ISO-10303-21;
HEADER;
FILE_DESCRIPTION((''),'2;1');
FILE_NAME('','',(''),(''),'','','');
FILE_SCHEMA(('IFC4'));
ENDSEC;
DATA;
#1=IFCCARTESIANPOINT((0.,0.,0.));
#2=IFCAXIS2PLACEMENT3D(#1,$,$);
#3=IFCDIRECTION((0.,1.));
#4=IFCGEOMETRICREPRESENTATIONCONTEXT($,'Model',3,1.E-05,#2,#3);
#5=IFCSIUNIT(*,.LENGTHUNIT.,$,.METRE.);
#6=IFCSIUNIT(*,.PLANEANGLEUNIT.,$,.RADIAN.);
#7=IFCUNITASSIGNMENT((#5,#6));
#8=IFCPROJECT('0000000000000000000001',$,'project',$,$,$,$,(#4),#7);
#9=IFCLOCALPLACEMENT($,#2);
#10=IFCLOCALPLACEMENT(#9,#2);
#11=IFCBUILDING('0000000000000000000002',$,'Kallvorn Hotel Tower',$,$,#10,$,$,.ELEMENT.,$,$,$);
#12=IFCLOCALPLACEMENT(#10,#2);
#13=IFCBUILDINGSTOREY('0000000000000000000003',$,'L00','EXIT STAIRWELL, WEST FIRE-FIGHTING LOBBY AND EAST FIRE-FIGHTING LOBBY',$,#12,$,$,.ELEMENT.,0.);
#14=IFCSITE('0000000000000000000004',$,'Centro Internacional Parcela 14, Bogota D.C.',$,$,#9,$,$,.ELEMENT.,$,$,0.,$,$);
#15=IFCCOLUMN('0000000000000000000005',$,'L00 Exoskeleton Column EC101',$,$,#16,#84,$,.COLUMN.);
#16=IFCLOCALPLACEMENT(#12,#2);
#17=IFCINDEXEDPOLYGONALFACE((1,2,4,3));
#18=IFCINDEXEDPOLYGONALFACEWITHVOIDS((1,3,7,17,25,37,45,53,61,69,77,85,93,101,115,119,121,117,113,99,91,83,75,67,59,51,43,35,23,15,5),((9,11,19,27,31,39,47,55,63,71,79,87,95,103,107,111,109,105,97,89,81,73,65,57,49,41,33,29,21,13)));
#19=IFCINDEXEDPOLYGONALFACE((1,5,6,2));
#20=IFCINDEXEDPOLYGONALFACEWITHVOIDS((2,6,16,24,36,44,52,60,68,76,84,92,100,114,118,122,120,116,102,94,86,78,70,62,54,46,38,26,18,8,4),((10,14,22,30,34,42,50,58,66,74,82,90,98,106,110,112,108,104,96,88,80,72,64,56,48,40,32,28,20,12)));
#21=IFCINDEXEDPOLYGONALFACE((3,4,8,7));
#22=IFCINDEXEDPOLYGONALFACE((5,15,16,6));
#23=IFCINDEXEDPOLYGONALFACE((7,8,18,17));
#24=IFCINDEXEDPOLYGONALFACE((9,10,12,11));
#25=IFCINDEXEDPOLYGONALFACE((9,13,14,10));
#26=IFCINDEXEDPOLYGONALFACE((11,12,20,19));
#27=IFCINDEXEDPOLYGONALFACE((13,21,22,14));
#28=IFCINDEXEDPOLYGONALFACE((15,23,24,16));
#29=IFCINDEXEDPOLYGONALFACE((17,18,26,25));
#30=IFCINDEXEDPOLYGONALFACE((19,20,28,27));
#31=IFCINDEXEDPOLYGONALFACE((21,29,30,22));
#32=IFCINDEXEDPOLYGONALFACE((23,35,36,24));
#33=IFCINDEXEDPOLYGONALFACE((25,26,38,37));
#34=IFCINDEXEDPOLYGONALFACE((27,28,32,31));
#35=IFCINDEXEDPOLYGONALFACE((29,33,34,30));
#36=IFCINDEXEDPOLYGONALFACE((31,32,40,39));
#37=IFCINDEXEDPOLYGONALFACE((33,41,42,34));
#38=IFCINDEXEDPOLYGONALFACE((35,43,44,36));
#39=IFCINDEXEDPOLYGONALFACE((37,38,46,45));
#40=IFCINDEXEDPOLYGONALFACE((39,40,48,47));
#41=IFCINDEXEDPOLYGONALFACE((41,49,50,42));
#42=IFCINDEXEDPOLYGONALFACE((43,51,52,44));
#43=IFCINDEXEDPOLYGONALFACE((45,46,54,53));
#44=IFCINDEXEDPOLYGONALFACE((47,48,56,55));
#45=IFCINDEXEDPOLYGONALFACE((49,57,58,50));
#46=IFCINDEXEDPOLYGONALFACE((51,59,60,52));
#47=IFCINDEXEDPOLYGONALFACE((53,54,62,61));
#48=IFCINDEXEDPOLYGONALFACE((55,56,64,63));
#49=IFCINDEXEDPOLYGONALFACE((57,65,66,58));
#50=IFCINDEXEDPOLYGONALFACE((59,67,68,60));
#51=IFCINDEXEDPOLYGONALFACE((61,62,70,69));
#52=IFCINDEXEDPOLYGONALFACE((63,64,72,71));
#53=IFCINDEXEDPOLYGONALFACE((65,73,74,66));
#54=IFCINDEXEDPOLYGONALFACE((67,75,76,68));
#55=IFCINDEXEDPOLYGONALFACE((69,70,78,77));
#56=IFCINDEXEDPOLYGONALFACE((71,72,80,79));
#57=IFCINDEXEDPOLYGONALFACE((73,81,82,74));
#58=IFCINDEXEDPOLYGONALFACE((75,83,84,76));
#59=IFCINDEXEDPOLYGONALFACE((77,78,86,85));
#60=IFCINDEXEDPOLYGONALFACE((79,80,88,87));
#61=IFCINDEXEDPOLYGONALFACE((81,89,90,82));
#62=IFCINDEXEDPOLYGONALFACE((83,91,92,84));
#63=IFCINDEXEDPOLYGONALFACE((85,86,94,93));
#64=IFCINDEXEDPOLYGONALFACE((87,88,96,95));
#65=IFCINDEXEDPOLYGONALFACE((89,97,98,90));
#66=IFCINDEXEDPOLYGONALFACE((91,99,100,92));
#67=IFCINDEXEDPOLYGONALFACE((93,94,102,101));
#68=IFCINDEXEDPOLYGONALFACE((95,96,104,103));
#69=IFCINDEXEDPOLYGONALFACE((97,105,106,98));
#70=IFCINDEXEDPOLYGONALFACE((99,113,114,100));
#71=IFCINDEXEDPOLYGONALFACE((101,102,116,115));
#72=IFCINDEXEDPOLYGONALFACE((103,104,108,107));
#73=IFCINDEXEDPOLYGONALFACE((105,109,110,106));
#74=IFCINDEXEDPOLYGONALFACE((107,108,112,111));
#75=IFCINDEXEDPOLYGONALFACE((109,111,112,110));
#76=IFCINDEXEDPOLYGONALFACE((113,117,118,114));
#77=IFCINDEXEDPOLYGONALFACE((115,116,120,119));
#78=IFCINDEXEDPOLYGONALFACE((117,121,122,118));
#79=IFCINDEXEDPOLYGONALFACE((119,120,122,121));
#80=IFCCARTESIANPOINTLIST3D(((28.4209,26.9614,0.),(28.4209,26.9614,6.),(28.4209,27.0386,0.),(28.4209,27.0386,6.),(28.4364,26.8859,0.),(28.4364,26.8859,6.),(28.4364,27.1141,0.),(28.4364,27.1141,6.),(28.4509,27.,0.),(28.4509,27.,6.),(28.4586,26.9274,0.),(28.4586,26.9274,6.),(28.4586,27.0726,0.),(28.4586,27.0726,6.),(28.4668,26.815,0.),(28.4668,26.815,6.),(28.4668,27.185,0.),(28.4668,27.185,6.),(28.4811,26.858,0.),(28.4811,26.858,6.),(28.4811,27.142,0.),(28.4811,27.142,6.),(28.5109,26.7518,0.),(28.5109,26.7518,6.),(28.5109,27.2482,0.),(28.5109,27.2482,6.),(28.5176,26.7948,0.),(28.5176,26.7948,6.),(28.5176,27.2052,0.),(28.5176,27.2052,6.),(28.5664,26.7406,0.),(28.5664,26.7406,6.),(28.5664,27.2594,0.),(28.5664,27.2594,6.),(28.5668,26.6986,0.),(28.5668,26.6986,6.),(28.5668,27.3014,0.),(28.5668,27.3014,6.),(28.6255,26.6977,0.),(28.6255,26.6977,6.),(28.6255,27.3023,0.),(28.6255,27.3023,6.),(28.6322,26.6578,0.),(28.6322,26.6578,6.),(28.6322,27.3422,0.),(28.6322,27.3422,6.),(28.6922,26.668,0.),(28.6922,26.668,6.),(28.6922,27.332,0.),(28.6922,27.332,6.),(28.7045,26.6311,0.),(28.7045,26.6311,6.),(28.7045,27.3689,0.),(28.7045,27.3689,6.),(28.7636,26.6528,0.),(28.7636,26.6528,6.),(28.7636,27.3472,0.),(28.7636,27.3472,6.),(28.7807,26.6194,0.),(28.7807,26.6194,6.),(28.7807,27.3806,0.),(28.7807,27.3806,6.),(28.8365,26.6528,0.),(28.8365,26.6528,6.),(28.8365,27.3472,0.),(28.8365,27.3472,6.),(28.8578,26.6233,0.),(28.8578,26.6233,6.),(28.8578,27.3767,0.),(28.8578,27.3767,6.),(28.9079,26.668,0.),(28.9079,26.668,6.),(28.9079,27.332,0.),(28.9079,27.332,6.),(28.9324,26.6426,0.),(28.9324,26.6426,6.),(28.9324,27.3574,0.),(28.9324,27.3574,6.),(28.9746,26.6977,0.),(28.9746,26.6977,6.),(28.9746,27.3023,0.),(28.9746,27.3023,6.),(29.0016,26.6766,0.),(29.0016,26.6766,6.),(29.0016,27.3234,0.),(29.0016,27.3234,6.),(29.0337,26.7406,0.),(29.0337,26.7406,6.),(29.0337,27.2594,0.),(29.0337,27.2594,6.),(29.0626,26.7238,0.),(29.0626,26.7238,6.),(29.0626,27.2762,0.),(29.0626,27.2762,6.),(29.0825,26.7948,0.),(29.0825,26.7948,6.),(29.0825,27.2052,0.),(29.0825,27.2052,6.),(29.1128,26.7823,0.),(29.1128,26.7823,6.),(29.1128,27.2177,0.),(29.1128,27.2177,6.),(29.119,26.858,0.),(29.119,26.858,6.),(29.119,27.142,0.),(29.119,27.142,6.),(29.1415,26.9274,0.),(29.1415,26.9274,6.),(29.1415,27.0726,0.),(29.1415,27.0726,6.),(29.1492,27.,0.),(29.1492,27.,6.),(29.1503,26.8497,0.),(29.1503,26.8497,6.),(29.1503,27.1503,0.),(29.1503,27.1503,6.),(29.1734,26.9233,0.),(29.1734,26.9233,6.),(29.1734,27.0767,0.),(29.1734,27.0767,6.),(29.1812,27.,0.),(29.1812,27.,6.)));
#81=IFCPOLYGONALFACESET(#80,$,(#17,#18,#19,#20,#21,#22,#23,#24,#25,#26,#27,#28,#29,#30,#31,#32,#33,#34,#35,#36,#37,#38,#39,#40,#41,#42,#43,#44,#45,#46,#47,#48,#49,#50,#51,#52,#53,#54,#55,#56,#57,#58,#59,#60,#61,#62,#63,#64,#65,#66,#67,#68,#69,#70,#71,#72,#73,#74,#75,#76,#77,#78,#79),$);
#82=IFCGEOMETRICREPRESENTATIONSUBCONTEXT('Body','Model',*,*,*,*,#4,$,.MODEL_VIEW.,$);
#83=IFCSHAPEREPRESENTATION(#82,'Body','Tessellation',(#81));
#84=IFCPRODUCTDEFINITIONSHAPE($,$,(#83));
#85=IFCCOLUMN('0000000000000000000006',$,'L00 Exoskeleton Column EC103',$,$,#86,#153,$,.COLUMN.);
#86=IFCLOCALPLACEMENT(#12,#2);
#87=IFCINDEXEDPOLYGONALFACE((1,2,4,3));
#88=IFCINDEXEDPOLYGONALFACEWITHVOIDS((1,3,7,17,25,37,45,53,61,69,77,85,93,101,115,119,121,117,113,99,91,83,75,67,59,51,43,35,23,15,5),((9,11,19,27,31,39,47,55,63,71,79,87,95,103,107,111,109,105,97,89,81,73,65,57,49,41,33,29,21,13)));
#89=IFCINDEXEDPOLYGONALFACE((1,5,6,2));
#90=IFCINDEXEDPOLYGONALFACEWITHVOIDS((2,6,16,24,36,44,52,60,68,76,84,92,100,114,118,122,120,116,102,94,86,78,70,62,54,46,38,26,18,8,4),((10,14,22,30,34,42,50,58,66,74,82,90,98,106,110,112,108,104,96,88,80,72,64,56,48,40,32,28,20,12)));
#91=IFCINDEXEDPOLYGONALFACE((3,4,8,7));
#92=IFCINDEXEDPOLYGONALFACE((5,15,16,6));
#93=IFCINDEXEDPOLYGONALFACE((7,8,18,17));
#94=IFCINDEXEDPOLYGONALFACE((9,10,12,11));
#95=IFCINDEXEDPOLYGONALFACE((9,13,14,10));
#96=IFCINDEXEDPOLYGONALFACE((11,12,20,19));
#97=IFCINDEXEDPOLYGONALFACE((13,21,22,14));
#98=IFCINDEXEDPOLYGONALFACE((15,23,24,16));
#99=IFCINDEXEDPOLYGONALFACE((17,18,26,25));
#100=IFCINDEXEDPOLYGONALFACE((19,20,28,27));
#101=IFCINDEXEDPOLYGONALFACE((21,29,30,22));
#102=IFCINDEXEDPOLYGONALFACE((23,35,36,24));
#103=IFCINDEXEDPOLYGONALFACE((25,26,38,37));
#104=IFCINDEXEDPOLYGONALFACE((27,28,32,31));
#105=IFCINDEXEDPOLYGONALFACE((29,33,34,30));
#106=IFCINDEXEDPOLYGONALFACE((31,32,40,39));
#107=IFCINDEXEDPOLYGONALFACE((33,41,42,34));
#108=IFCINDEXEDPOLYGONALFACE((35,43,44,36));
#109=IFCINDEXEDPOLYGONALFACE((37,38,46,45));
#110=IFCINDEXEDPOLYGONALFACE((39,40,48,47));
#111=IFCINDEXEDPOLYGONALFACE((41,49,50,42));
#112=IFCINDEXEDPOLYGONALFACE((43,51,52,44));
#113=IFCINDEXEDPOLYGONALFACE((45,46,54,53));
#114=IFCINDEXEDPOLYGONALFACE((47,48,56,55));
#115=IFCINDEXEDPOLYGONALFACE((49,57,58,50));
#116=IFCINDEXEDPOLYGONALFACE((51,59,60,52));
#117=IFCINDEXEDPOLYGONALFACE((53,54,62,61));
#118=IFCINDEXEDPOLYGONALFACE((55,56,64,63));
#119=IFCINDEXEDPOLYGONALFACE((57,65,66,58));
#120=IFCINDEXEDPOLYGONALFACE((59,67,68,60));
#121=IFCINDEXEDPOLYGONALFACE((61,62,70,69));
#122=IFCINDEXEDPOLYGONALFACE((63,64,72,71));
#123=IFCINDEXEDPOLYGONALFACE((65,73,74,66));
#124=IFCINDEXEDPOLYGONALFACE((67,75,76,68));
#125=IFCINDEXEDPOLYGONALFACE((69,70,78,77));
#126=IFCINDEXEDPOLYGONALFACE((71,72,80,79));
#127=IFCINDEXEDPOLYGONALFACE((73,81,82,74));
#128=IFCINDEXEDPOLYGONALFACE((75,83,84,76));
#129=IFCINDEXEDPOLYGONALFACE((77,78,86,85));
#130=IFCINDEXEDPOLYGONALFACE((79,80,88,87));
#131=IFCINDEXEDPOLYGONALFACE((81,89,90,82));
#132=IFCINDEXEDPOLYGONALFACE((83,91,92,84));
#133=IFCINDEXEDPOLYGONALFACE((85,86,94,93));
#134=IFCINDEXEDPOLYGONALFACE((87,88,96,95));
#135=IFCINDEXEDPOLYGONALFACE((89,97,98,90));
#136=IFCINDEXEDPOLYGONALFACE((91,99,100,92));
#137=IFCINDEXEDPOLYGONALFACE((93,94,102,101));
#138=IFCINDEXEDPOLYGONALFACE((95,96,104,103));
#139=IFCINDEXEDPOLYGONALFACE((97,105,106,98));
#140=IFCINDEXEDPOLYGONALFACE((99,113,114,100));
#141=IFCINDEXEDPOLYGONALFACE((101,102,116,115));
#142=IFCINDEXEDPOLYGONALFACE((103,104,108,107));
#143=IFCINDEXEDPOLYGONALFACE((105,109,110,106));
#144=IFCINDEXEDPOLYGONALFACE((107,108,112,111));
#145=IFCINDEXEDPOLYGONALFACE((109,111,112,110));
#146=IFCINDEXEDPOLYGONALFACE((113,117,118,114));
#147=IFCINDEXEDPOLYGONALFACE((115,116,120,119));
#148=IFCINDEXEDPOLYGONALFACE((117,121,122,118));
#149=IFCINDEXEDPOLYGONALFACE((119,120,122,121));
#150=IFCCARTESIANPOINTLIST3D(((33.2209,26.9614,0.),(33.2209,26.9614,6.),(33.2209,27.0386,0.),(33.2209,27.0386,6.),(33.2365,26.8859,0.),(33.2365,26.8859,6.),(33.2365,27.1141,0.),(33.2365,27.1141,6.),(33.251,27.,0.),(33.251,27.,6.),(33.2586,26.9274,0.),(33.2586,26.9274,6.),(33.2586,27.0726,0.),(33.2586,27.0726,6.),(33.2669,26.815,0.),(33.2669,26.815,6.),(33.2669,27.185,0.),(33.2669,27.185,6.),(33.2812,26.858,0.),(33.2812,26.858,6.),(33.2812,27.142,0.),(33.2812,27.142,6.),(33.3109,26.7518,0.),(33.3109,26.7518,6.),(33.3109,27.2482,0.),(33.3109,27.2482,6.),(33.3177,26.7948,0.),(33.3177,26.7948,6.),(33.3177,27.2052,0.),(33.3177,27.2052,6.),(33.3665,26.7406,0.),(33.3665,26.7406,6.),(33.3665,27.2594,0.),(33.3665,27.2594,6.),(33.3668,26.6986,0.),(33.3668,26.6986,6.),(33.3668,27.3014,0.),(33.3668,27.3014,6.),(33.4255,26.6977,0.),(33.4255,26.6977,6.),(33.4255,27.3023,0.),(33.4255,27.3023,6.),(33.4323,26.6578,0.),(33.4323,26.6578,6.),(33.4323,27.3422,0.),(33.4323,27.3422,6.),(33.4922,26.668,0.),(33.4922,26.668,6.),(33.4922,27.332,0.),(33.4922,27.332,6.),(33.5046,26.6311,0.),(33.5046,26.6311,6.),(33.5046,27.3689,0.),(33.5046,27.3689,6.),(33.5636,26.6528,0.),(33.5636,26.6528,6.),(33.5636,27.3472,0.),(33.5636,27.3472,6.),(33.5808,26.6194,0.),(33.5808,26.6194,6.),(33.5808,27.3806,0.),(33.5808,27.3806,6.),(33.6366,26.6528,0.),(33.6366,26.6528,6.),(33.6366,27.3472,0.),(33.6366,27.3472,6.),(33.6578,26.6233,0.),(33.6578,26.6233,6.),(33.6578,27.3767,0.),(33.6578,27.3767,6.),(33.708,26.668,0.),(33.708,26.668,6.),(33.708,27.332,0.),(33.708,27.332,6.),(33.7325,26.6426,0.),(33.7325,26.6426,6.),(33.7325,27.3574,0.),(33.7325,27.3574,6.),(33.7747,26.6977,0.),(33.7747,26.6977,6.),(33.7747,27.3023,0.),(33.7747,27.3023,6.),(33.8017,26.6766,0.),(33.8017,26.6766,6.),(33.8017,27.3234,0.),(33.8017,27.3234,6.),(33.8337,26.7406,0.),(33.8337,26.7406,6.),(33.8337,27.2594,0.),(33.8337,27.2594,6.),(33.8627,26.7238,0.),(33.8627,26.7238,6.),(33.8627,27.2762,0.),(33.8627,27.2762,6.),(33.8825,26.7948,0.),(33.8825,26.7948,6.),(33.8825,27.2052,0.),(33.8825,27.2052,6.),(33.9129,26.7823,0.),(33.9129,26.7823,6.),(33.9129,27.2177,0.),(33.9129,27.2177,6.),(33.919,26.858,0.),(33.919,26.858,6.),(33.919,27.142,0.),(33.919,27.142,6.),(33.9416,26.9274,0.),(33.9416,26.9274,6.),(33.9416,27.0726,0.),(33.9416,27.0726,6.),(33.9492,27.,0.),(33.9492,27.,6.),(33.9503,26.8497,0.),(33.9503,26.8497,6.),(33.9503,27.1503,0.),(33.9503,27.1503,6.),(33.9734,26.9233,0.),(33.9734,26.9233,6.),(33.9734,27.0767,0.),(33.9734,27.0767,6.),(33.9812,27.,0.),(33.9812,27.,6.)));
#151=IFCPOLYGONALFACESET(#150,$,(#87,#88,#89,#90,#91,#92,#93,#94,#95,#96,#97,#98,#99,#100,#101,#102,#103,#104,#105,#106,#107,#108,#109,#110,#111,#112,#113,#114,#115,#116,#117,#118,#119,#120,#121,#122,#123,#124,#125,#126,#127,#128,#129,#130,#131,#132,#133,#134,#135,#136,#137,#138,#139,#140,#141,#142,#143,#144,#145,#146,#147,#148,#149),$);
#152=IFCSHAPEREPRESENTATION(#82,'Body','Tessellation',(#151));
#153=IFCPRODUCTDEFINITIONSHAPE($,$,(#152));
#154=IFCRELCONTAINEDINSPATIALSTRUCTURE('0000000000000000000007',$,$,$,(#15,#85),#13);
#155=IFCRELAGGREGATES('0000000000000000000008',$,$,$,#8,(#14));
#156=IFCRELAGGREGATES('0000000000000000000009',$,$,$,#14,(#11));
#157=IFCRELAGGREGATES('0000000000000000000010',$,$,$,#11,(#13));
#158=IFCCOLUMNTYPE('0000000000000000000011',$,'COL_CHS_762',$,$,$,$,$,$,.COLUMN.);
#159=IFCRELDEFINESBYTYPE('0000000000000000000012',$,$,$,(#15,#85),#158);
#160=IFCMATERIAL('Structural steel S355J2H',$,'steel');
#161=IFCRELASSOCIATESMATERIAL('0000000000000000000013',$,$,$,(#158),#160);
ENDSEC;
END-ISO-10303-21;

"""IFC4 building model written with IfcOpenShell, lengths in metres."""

from ifc_helpers import new_model, si_unit, direction, frame, origin, origin_2d, place, context, subcontext, project, spatial, hollow_circle, extrude, material, material_profile, profile_set, type_object, element, save


model = new_model("IFC4")

# Units and contexts
model_context = context("Model", 3, precision=1e-05, world=origin(), true_north=direction((0.0, 1.0)))
body_context = subcontext(model_context, "Body", "Model", "MODEL_VIEW")
ifc_project = project(units=[si_unit("LENGTHUNIT", "METRE"), si_unit("PLANEANGLEUNIT", "RADIAN")], contexts=[model_context])

# Site, building, storey
site_placement = place(None, origin())
site = spatial("IfcSite", under=ifc_project, at=site_placement, Name="Centro Internacional Parcela 14, Bogota D.C.", CompositionType="ELEMENT", RefElevation=0.0)
building_placement = place(site_placement, origin())
building = spatial("IfcBuilding", under=site, at=building_placement, Name="Kallvorn Hotel Tower", CompositionType="ELEMENT")
storey_placement = place(building_placement, origin())
storey = spatial("IfcBuildingStorey", under=building, at=storey_placement, Name="L00", Description="EXIT STAIRWELL, WEST FIRE-FIGHTING LOBBY AND EAST FIRE-FIGHTING LOBBY", CompositionType="ELEMENT", Elevation=0.0)

# Columns
ifc_material_1 = material(Name="Structural steel S355J2H", Category="steel")
ifc_material_profile_1 = material_profile(ifc_material_1, hollow_circle(Radius=0.3811, WallThickness=0.032, at=origin_2d()), Name="CHS 762x32")
ifc_profile_set_1 = profile_set([ifc_material_profile_1], Name="Structural steel S355J2H")
column_type = type_object("IfcColumnType", Name="COL_CHS_762", PredefinedType="COLUMN", material=ifc_profile_set_1)
for number, where, z_axis, x_axis, name in (
    (1, (28.8, 27.0, 0.0), (0.0, 0.0, 1.0), (1.0, 0.0, 0.0), "L00 Exoskeleton Column EC101"),
    (2, (33.6001, 27.0, 0.0), (0.0, 0.0, 1.0), (1.0, 0.0, 0.0), "L00 Exoskeleton Column EC103"),
):
    element("IfcColumn", number, at=place(storey_placement, frame(where, z_axis=z_axis, x_axis=x_axis)), inside=storey, type_object=column_type, Name=name, PredefinedType="COLUMN", context=body_context, shape_type="SweptSolid", body=[
        extrude(hollow_circle(Radius=0.3811, WallThickness=0.032, at=origin_2d()), origin(), (0.0, 0.0, 1.0), 6.0),
    ])

save(model, "model.ifc")
